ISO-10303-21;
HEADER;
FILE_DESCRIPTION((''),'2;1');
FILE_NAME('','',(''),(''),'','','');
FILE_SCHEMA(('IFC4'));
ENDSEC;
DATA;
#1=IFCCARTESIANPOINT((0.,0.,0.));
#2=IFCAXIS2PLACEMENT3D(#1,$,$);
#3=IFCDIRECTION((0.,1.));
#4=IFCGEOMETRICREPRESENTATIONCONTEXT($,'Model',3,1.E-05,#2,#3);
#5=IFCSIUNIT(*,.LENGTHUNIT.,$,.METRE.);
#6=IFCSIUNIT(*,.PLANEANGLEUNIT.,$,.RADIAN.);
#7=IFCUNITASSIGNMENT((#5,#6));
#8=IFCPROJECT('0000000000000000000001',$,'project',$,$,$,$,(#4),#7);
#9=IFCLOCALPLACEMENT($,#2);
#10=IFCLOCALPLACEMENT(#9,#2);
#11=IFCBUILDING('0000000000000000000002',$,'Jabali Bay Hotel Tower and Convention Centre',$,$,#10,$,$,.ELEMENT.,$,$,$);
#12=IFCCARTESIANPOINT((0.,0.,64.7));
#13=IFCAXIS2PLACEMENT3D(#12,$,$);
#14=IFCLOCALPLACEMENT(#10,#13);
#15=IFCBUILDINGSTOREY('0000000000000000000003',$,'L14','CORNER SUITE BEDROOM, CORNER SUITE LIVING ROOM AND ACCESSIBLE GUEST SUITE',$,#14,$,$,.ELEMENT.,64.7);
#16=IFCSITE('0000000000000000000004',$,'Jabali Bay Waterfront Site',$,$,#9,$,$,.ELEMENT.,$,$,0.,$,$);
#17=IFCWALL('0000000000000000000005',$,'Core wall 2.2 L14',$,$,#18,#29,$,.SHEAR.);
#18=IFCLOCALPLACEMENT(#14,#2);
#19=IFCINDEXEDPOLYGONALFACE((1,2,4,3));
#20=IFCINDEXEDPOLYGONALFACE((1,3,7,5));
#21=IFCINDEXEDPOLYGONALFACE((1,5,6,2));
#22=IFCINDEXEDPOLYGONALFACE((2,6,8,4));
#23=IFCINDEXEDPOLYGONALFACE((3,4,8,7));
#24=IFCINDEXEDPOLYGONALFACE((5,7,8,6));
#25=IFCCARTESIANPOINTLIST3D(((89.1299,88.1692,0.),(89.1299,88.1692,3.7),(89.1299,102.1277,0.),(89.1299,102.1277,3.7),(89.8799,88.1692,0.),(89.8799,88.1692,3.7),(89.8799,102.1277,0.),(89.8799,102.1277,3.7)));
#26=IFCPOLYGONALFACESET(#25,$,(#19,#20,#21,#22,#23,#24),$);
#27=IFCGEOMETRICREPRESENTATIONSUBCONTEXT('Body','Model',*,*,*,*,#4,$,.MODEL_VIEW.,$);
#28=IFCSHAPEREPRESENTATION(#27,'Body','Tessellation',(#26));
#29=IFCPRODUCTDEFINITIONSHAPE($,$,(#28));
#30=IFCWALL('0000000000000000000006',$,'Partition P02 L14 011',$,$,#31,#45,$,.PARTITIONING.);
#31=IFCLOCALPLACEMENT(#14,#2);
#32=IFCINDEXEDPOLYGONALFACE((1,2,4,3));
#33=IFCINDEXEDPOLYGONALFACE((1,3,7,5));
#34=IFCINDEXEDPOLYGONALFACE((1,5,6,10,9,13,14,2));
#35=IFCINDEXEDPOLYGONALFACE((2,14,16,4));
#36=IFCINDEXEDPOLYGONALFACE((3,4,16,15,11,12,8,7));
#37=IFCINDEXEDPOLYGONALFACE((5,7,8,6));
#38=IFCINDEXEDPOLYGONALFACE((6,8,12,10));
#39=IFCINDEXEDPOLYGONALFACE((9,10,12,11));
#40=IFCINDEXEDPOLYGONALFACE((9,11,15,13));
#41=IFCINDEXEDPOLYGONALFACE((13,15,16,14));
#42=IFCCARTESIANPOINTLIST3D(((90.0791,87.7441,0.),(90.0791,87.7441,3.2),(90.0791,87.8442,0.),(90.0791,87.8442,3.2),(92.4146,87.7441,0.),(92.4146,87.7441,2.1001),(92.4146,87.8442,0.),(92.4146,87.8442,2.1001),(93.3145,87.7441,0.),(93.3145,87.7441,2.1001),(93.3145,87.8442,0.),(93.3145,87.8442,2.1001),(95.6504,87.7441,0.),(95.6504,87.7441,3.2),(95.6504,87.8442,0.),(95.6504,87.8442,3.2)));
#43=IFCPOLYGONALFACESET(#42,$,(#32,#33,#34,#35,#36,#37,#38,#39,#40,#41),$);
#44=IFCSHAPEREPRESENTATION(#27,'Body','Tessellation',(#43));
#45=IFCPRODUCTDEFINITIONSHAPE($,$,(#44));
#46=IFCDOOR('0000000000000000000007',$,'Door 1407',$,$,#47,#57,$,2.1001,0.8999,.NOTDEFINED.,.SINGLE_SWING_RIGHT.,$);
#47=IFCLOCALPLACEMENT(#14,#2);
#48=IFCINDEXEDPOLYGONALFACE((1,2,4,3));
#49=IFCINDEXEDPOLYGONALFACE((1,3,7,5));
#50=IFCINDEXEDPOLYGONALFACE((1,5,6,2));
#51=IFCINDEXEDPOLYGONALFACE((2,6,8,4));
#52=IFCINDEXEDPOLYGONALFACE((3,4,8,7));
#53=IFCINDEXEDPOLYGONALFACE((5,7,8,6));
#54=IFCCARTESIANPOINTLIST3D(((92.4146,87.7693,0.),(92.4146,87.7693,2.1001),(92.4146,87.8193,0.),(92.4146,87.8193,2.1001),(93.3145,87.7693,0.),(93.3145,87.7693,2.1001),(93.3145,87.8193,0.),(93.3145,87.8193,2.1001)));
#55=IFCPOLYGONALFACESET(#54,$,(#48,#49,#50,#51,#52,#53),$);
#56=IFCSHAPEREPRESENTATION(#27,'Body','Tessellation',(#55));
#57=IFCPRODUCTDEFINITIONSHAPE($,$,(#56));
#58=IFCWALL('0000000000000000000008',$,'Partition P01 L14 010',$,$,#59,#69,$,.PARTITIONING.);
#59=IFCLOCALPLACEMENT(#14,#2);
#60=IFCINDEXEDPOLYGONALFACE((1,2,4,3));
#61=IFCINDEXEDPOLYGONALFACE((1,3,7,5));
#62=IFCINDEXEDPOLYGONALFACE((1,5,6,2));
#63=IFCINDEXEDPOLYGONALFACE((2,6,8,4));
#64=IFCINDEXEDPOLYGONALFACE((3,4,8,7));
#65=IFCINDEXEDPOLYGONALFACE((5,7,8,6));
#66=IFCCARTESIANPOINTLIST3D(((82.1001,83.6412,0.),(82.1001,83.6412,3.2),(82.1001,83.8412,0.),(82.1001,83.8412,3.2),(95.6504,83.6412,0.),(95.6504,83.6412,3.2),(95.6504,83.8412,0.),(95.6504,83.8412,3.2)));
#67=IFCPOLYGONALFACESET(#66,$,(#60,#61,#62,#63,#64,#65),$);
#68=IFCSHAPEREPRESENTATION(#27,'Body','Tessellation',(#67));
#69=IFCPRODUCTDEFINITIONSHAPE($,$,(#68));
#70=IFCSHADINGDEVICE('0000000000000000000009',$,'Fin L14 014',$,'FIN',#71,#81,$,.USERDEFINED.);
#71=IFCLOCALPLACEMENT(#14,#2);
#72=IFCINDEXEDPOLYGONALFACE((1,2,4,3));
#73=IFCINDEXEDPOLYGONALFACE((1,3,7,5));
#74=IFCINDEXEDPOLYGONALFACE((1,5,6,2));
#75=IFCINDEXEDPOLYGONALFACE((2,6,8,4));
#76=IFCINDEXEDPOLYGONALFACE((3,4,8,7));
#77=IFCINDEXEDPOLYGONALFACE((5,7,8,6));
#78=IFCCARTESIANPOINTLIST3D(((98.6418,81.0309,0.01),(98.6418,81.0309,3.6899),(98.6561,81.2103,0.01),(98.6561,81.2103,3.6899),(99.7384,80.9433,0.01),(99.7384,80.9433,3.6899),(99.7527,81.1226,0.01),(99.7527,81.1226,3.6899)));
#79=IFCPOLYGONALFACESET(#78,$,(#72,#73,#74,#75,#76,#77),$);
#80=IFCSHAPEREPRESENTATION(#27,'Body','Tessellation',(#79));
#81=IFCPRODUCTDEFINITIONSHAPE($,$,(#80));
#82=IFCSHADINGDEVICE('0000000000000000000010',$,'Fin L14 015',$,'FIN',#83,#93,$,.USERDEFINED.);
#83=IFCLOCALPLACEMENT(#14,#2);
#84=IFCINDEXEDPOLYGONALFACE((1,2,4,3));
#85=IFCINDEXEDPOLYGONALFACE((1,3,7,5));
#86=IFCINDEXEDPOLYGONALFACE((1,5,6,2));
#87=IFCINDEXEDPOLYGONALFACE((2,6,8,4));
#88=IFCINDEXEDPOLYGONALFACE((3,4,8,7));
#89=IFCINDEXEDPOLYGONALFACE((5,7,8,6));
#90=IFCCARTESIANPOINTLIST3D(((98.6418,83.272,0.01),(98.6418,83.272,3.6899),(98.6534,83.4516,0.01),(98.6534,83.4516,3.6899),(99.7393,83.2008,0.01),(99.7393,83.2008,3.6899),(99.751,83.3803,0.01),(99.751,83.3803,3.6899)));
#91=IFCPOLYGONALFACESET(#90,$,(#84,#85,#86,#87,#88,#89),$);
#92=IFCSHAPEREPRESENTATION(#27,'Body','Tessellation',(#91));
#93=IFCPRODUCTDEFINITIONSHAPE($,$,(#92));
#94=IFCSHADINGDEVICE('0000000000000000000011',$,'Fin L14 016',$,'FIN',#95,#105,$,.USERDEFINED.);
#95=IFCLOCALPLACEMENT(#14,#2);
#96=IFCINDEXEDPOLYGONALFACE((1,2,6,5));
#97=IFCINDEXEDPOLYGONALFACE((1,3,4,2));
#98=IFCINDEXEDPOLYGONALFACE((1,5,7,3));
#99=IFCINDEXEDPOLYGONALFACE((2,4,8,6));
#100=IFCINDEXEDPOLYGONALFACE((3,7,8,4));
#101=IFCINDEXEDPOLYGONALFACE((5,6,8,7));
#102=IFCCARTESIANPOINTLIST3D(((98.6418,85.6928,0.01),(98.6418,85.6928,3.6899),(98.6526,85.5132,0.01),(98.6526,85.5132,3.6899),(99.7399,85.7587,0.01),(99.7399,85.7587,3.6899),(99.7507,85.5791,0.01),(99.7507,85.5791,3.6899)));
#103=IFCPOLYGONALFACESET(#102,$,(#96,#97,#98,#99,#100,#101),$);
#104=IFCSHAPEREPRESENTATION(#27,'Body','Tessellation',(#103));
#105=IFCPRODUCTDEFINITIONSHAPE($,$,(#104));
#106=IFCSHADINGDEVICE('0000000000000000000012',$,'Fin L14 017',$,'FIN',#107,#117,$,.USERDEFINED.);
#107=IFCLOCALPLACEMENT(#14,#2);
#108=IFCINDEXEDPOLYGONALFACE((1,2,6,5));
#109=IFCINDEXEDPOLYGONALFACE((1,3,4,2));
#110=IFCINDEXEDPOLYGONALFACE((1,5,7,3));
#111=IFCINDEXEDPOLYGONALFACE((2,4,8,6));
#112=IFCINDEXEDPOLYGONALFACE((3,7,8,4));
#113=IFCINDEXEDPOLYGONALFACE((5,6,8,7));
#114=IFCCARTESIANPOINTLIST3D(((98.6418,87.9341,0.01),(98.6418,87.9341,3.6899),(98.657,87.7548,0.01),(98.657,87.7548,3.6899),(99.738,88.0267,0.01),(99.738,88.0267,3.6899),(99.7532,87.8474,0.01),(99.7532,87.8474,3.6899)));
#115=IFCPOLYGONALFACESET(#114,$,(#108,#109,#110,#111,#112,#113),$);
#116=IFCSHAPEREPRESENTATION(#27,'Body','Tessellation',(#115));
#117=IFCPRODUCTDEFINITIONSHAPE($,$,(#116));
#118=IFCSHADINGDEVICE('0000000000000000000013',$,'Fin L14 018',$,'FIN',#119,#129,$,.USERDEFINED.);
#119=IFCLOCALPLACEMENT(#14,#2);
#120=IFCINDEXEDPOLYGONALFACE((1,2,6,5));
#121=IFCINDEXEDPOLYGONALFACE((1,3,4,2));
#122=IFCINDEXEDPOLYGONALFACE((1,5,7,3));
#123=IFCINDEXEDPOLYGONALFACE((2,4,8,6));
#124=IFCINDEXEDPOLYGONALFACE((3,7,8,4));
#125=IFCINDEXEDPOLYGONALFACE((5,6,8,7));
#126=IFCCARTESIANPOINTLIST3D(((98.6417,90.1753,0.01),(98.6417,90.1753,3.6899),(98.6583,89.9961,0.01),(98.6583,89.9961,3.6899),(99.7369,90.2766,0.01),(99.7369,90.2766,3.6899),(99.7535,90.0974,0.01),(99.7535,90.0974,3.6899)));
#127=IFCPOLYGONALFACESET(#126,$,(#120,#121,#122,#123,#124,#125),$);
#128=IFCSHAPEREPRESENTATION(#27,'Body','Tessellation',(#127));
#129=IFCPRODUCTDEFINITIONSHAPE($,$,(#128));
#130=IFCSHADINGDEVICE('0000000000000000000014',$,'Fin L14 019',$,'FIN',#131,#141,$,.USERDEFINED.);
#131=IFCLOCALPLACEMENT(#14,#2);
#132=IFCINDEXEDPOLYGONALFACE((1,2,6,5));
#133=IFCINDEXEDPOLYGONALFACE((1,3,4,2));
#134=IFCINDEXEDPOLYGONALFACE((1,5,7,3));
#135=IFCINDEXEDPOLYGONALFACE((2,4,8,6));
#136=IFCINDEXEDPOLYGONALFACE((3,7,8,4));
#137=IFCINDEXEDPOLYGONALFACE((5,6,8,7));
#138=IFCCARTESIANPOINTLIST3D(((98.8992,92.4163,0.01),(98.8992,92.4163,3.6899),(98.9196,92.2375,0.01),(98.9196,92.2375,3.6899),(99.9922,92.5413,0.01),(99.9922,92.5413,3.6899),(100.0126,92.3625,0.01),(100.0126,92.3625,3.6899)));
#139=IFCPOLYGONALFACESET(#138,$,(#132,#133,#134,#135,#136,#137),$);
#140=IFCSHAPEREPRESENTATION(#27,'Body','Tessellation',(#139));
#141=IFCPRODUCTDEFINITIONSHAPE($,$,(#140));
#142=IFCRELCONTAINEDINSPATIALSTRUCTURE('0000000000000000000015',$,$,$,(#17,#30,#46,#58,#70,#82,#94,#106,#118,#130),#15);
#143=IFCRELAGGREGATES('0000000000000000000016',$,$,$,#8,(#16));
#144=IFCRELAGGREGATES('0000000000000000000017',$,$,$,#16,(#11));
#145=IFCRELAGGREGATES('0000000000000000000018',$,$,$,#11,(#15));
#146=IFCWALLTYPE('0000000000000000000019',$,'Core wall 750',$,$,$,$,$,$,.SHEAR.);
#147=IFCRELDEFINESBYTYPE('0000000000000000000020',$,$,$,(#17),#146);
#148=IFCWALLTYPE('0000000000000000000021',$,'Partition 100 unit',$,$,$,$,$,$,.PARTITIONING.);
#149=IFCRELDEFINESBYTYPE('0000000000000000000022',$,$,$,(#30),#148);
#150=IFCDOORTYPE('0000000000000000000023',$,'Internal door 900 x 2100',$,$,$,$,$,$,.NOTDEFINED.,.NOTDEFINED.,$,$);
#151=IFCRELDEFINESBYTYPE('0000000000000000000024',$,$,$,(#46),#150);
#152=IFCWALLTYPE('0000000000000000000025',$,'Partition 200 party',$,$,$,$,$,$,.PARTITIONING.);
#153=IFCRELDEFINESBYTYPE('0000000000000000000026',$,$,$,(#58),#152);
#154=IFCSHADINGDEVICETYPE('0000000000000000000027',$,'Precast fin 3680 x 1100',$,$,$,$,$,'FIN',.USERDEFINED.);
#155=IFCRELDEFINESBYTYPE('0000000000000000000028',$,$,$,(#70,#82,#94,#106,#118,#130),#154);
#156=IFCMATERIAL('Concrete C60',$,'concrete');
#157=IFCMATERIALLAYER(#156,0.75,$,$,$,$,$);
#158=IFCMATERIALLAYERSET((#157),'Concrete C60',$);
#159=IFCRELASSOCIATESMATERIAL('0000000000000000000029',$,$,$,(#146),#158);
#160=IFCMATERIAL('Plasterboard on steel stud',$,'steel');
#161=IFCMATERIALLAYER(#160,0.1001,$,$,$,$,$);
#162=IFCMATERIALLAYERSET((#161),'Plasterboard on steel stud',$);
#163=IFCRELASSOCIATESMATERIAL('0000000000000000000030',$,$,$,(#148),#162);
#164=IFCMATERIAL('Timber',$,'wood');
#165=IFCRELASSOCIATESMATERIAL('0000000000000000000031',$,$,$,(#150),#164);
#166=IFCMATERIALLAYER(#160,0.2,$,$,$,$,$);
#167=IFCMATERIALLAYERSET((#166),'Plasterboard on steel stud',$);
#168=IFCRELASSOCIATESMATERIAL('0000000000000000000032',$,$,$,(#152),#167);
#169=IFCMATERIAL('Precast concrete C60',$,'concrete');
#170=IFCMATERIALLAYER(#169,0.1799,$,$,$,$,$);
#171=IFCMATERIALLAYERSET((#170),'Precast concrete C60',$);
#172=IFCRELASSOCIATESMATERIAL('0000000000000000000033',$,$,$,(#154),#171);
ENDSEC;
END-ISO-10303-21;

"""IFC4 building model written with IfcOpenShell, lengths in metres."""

from ifc_helpers import new_model, si_unit, direction, frame, frame_2d, origin, place, context, subcontext, project, spatial, rectangle, extrude, material, layer, layer_set, type_object, element, fill, save


model = new_model("IFC4")

# Units and contexts
model_context = context("Model", 3, precision=1e-05, world=origin(), true_north=direction((0.0, 1.0)))
body_context = subcontext(model_context, "Body", "Model", "MODEL_VIEW")
ifc_project = project(units=[si_unit("LENGTHUNIT", "METRE"), si_unit("PLANEANGLEUNIT", "RADIAN")], contexts=[model_context])

# Site, building, storey
site_placement = place(None, origin())
site = spatial("IfcSite", under=ifc_project, at=site_placement, Name="Jabali Bay Waterfront Site", CompositionType="ELEMENT", RefElevation=0.0)
building_placement = place(site_placement, origin())
building = spatial("IfcBuilding", under=site, at=building_placement, Name="Jabali Bay Hotel Tower and Convention Centre", CompositionType="ELEMENT")
storey_placement = place(building_placement, frame((0.0, 0.0, 64.7)))
storey = spatial("IfcBuildingStorey", under=building, at=storey_placement, Name="L14", Description="CORNER SUITE BEDROOM, CORNER SUITE LIVING ROOM AND ACCESSIBLE GUEST SUITE", CompositionType="ELEMENT", Elevation=64.7)

# Shared definitions
ifc_material_1 = material(Name="Concrete C60", Category="concrete")

# Shared definitions
ifc_layer_1 = layer(ifc_material_1, 0.75)
ifc_layer_set_1 = layer_set([ifc_layer_1], Name="Concrete C60")
wall_type_1 = type_object("IfcWallType", Name="Core wall 750", PredefinedType="SHEAR", material=ifc_layer_set_1)

# Wall
wall_1_placement = place(storey_placement, frame((89.5049, 88.1692, 0.0), z_axis=(0.0, 0.0, 1.0), x_axis=(0.0, 1.0, 0.0)))
element("IfcWall", 1, at=wall_1_placement, inside=storey, type_object=wall_type_1, Name="Core wall 2.2 L14", PredefinedType="SHEAR", context=body_context, shape_type="SweptSolid", body=[
    extrude(rectangle(XDim=13.9585, YDim=0.75, at=frame_2d((6.9792, 0.0))), origin(), (0.0, 0.0, 1.0), 3.7),
])

# Wall, opening, door
ifc_material_2 = material(Name="Plasterboard on steel stud", Category="steel")
ifc_layer_2 = layer(ifc_material_2, 0.1001)
ifc_layer_set_2 = layer_set([ifc_layer_2], Name="Plasterboard on steel stud")
wall_type_2 = type_object("IfcWallType", Name="Partition 100 unit", PredefinedType="PARTITIONING", material=ifc_layer_set_2)
wall_2_placement = place(storey_placement, frame((95.6504, 87.7942, 0.0), z_axis=(0.0, 0.0, 1.0), x_axis=(-1.0, 0.0, 0.0)))
wall_2 = element("IfcWall", 2, at=wall_2_placement, inside=storey, type_object=wall_type_2, Name="Partition P02 L14 011", PredefinedType="PARTITIONING", context=body_context, shape_type="SweptSolid", body=[
    extrude(rectangle(XDim=5.5713, YDim=0.1001, at=frame_2d((2.7856, 0.0))), origin(), (0.0, 0.0, 1.0), 3.2),
])
opening_1_placement = place(wall_2_placement, frame((2.3359, 0.0, 0.0)))
opening_1 = element("IfcOpeningElement", 3, at=opening_1_placement, cuts=wall_2, PredefinedType="OPENING", context=body_context, shape_type="SweptSolid", body=[
    extrude(rectangle(XDim=0.8999, YDim=2.1001, at=frame_2d((0.45, 1.05))), frame((0.0, 0.0605, 0.0), z_axis=(0.0, -1.0, 0.0), x_axis=(1.0, 0.0, 0.0)), (0.0, 0.0, 1.0), 0.1211),
])
ifc_material_3 = material(Name="Timber", Category="wood")
door_type_1 = type_object("IfcDoorType", Name="Internal door 900 x 2100", OperationType="NOTDEFINED", PredefinedType="NOTDEFINED", material=ifc_material_3)
door_1_placement = place(opening_1_placement, origin())
door_1 = element("IfcDoor", 4, at=door_1_placement, inside=storey, type_object=door_type_1, Name="Door 1407", OperationType="SINGLE_SWING_RIGHT", OverallHeight=2.1001, OverallWidth=0.8999, PredefinedType="NOTDEFINED", context=body_context, shape_type="SweptSolid", body=[
    extrude(rectangle(XDim=0.8999, YDim=2.1001, at=frame_2d((0.45, 1.05))), frame((0.0, 0.0249, 0.0), z_axis=(0.0, -1.0, 0.0), x_axis=(1.0, 0.0, 0.0)), (0.0, 0.0, 1.0), 0.05),
])
fill(opening_1, door_1)

# Wall
ifc_layer_3 = layer(ifc_material_2, 0.2)
ifc_layer_set_3 = layer_set([ifc_layer_3], Name="Plasterboard on steel stud")
wall_type_3 = type_object("IfcWallType", Name="Partition 200 party", PredefinedType="PARTITIONING", material=ifc_layer_set_3)
wall_3_placement = place(storey_placement, frame((95.6504, 83.7412, 0.0), z_axis=(0.0, 0.0, 1.0), x_axis=(-1.0, 0.0, 0.0)))
element("IfcWall", 5, at=wall_3_placement, inside=storey, type_object=wall_type_3, Name="Partition P01 L14 010", PredefinedType="PARTITIONING", context=body_context, shape_type="SweptSolid", body=[
    extrude(rectangle(XDim=13.5503, YDim=0.2, at=frame_2d((6.7751, 0.0))), origin(), (0.0, 0.0, 1.0), 3.2),
])

# Shading devices
ifc_material_4 = material(Name="Precast concrete C60", Category="concrete")
ifc_layer_4 = layer(ifc_material_4, 0.1799)
ifc_layer_set_4 = layer_set([ifc_layer_4], Name="Precast concrete C60")
shading_device_type = type_object("IfcShadingDeviceType", Name="Precast fin 3680 x 1100", ElementType="FIN", PredefinedType="USERDEFINED", material=ifc_layer_set_4)
shading_device_1_placement = place(storey_placement, frame((98.6489, 81.1206, 0.01), z_axis=(0.0, 0.0, 1.0), x_axis=(0.996822, -0.079666, 0.0)))
element("IfcShadingDevice", 6, at=shading_device_1_placement, inside=storey, type_object=shading_device_type, Name="Fin L14 014", ObjectType="FIN", PredefinedType="USERDEFINED", context=body_context, shape_type="SweptSolid", body=[
    extrude(rectangle(XDim=1.1001, YDim=0.1799, at=frame_2d((0.55, 0.0))), origin(), (0.0, 0.0, 1.0), 3.6799),
])
shading_device_2_placement = place(storey_placement, frame((98.6477, 83.3618, 0.01), z_axis=(0.0, 0.0, 1.0), x_axis=(0.997898, -0.06481, 0.0)))
element("IfcShadingDevice", 7, at=shading_device_2_placement, inside=storey, type_object=shading_device_type, Name="Fin L14 015", ObjectType="FIN", PredefinedType="USERDEFINED", context=body_context, shape_type="SweptSolid", body=[
    extrude(rectangle(XDim=1.0999, YDim=0.1799, at=frame_2d((0.5498, 0.0))), origin(), (0.0, 0.0, 1.0), 3.6799),
])
for number, where, z_axis, x_axis, name in (
    (8, (98.6472, 85.603, 0.01), (0.0, 0.0, 1.0), (0.998203, 0.059919, 0.0), "Fin L14 016"),
    (9, (98.6494, 87.8445, 0.01), (0.0, 0.0, 1.0), (0.996456, 0.084111, 0.0), "Fin L14 017"),
):
    element("IfcShadingDevice", number, at=place(storey_placement, frame(where, z_axis=z_axis, x_axis=x_axis)), inside=storey, type_object=shading_device_type, Name=name, ObjectType="FIN", PredefinedType="USERDEFINED", context=body_context, shape_type="SweptSolid", body=[
        extrude(rectangle(XDim=1.1001, YDim=0.1799, at=frame_2d((0.55, 0.0))), origin(), (0.0, 0.0, 1.0), 3.6799),
    ])
shading_device_3_placement = place(storey_placement, frame((98.6501, 90.0857, 0.01), z_axis=(0.0, 0.0, 1.0), x_axis=(0.995748, 0.092117, 0.0)))
element("IfcShadingDevice", 10, at=shading_device_3_placement, inside=storey, type_object=shading_device_type, Name="Fin L14 018", ObjectType="FIN", PredefinedType="USERDEFINED", context=body_context, shape_type="SweptSolid", body=[
    extrude(rectangle(XDim=1.0999, YDim=0.1799, at=frame_2d((0.5498, 0.0))), origin(), (0.0, 0.0, 1.0), 3.6799),
])
shading_device_4_placement = place(storey_placement, frame((98.9094, 92.3269, 0.01), z_axis=(0.0, 0.0, 1.0), x_axis=(0.993524, 0.113622, 0.0)))
element("IfcShadingDevice", 11, at=shading_device_4_placement, inside=storey, type_object=shading_device_type, Name="Fin L14 019", ObjectType="FIN", PredefinedType="USERDEFINED", context=body_context, shape_type="SweptSolid", body=[
    extrude(rectangle(XDim=1.1001, YDim=0.1799, at=frame_2d((0.55, 0.0))), origin(), (0.0, 0.0, 1.0), 3.6799),
])

save(model, "model.ifc")
